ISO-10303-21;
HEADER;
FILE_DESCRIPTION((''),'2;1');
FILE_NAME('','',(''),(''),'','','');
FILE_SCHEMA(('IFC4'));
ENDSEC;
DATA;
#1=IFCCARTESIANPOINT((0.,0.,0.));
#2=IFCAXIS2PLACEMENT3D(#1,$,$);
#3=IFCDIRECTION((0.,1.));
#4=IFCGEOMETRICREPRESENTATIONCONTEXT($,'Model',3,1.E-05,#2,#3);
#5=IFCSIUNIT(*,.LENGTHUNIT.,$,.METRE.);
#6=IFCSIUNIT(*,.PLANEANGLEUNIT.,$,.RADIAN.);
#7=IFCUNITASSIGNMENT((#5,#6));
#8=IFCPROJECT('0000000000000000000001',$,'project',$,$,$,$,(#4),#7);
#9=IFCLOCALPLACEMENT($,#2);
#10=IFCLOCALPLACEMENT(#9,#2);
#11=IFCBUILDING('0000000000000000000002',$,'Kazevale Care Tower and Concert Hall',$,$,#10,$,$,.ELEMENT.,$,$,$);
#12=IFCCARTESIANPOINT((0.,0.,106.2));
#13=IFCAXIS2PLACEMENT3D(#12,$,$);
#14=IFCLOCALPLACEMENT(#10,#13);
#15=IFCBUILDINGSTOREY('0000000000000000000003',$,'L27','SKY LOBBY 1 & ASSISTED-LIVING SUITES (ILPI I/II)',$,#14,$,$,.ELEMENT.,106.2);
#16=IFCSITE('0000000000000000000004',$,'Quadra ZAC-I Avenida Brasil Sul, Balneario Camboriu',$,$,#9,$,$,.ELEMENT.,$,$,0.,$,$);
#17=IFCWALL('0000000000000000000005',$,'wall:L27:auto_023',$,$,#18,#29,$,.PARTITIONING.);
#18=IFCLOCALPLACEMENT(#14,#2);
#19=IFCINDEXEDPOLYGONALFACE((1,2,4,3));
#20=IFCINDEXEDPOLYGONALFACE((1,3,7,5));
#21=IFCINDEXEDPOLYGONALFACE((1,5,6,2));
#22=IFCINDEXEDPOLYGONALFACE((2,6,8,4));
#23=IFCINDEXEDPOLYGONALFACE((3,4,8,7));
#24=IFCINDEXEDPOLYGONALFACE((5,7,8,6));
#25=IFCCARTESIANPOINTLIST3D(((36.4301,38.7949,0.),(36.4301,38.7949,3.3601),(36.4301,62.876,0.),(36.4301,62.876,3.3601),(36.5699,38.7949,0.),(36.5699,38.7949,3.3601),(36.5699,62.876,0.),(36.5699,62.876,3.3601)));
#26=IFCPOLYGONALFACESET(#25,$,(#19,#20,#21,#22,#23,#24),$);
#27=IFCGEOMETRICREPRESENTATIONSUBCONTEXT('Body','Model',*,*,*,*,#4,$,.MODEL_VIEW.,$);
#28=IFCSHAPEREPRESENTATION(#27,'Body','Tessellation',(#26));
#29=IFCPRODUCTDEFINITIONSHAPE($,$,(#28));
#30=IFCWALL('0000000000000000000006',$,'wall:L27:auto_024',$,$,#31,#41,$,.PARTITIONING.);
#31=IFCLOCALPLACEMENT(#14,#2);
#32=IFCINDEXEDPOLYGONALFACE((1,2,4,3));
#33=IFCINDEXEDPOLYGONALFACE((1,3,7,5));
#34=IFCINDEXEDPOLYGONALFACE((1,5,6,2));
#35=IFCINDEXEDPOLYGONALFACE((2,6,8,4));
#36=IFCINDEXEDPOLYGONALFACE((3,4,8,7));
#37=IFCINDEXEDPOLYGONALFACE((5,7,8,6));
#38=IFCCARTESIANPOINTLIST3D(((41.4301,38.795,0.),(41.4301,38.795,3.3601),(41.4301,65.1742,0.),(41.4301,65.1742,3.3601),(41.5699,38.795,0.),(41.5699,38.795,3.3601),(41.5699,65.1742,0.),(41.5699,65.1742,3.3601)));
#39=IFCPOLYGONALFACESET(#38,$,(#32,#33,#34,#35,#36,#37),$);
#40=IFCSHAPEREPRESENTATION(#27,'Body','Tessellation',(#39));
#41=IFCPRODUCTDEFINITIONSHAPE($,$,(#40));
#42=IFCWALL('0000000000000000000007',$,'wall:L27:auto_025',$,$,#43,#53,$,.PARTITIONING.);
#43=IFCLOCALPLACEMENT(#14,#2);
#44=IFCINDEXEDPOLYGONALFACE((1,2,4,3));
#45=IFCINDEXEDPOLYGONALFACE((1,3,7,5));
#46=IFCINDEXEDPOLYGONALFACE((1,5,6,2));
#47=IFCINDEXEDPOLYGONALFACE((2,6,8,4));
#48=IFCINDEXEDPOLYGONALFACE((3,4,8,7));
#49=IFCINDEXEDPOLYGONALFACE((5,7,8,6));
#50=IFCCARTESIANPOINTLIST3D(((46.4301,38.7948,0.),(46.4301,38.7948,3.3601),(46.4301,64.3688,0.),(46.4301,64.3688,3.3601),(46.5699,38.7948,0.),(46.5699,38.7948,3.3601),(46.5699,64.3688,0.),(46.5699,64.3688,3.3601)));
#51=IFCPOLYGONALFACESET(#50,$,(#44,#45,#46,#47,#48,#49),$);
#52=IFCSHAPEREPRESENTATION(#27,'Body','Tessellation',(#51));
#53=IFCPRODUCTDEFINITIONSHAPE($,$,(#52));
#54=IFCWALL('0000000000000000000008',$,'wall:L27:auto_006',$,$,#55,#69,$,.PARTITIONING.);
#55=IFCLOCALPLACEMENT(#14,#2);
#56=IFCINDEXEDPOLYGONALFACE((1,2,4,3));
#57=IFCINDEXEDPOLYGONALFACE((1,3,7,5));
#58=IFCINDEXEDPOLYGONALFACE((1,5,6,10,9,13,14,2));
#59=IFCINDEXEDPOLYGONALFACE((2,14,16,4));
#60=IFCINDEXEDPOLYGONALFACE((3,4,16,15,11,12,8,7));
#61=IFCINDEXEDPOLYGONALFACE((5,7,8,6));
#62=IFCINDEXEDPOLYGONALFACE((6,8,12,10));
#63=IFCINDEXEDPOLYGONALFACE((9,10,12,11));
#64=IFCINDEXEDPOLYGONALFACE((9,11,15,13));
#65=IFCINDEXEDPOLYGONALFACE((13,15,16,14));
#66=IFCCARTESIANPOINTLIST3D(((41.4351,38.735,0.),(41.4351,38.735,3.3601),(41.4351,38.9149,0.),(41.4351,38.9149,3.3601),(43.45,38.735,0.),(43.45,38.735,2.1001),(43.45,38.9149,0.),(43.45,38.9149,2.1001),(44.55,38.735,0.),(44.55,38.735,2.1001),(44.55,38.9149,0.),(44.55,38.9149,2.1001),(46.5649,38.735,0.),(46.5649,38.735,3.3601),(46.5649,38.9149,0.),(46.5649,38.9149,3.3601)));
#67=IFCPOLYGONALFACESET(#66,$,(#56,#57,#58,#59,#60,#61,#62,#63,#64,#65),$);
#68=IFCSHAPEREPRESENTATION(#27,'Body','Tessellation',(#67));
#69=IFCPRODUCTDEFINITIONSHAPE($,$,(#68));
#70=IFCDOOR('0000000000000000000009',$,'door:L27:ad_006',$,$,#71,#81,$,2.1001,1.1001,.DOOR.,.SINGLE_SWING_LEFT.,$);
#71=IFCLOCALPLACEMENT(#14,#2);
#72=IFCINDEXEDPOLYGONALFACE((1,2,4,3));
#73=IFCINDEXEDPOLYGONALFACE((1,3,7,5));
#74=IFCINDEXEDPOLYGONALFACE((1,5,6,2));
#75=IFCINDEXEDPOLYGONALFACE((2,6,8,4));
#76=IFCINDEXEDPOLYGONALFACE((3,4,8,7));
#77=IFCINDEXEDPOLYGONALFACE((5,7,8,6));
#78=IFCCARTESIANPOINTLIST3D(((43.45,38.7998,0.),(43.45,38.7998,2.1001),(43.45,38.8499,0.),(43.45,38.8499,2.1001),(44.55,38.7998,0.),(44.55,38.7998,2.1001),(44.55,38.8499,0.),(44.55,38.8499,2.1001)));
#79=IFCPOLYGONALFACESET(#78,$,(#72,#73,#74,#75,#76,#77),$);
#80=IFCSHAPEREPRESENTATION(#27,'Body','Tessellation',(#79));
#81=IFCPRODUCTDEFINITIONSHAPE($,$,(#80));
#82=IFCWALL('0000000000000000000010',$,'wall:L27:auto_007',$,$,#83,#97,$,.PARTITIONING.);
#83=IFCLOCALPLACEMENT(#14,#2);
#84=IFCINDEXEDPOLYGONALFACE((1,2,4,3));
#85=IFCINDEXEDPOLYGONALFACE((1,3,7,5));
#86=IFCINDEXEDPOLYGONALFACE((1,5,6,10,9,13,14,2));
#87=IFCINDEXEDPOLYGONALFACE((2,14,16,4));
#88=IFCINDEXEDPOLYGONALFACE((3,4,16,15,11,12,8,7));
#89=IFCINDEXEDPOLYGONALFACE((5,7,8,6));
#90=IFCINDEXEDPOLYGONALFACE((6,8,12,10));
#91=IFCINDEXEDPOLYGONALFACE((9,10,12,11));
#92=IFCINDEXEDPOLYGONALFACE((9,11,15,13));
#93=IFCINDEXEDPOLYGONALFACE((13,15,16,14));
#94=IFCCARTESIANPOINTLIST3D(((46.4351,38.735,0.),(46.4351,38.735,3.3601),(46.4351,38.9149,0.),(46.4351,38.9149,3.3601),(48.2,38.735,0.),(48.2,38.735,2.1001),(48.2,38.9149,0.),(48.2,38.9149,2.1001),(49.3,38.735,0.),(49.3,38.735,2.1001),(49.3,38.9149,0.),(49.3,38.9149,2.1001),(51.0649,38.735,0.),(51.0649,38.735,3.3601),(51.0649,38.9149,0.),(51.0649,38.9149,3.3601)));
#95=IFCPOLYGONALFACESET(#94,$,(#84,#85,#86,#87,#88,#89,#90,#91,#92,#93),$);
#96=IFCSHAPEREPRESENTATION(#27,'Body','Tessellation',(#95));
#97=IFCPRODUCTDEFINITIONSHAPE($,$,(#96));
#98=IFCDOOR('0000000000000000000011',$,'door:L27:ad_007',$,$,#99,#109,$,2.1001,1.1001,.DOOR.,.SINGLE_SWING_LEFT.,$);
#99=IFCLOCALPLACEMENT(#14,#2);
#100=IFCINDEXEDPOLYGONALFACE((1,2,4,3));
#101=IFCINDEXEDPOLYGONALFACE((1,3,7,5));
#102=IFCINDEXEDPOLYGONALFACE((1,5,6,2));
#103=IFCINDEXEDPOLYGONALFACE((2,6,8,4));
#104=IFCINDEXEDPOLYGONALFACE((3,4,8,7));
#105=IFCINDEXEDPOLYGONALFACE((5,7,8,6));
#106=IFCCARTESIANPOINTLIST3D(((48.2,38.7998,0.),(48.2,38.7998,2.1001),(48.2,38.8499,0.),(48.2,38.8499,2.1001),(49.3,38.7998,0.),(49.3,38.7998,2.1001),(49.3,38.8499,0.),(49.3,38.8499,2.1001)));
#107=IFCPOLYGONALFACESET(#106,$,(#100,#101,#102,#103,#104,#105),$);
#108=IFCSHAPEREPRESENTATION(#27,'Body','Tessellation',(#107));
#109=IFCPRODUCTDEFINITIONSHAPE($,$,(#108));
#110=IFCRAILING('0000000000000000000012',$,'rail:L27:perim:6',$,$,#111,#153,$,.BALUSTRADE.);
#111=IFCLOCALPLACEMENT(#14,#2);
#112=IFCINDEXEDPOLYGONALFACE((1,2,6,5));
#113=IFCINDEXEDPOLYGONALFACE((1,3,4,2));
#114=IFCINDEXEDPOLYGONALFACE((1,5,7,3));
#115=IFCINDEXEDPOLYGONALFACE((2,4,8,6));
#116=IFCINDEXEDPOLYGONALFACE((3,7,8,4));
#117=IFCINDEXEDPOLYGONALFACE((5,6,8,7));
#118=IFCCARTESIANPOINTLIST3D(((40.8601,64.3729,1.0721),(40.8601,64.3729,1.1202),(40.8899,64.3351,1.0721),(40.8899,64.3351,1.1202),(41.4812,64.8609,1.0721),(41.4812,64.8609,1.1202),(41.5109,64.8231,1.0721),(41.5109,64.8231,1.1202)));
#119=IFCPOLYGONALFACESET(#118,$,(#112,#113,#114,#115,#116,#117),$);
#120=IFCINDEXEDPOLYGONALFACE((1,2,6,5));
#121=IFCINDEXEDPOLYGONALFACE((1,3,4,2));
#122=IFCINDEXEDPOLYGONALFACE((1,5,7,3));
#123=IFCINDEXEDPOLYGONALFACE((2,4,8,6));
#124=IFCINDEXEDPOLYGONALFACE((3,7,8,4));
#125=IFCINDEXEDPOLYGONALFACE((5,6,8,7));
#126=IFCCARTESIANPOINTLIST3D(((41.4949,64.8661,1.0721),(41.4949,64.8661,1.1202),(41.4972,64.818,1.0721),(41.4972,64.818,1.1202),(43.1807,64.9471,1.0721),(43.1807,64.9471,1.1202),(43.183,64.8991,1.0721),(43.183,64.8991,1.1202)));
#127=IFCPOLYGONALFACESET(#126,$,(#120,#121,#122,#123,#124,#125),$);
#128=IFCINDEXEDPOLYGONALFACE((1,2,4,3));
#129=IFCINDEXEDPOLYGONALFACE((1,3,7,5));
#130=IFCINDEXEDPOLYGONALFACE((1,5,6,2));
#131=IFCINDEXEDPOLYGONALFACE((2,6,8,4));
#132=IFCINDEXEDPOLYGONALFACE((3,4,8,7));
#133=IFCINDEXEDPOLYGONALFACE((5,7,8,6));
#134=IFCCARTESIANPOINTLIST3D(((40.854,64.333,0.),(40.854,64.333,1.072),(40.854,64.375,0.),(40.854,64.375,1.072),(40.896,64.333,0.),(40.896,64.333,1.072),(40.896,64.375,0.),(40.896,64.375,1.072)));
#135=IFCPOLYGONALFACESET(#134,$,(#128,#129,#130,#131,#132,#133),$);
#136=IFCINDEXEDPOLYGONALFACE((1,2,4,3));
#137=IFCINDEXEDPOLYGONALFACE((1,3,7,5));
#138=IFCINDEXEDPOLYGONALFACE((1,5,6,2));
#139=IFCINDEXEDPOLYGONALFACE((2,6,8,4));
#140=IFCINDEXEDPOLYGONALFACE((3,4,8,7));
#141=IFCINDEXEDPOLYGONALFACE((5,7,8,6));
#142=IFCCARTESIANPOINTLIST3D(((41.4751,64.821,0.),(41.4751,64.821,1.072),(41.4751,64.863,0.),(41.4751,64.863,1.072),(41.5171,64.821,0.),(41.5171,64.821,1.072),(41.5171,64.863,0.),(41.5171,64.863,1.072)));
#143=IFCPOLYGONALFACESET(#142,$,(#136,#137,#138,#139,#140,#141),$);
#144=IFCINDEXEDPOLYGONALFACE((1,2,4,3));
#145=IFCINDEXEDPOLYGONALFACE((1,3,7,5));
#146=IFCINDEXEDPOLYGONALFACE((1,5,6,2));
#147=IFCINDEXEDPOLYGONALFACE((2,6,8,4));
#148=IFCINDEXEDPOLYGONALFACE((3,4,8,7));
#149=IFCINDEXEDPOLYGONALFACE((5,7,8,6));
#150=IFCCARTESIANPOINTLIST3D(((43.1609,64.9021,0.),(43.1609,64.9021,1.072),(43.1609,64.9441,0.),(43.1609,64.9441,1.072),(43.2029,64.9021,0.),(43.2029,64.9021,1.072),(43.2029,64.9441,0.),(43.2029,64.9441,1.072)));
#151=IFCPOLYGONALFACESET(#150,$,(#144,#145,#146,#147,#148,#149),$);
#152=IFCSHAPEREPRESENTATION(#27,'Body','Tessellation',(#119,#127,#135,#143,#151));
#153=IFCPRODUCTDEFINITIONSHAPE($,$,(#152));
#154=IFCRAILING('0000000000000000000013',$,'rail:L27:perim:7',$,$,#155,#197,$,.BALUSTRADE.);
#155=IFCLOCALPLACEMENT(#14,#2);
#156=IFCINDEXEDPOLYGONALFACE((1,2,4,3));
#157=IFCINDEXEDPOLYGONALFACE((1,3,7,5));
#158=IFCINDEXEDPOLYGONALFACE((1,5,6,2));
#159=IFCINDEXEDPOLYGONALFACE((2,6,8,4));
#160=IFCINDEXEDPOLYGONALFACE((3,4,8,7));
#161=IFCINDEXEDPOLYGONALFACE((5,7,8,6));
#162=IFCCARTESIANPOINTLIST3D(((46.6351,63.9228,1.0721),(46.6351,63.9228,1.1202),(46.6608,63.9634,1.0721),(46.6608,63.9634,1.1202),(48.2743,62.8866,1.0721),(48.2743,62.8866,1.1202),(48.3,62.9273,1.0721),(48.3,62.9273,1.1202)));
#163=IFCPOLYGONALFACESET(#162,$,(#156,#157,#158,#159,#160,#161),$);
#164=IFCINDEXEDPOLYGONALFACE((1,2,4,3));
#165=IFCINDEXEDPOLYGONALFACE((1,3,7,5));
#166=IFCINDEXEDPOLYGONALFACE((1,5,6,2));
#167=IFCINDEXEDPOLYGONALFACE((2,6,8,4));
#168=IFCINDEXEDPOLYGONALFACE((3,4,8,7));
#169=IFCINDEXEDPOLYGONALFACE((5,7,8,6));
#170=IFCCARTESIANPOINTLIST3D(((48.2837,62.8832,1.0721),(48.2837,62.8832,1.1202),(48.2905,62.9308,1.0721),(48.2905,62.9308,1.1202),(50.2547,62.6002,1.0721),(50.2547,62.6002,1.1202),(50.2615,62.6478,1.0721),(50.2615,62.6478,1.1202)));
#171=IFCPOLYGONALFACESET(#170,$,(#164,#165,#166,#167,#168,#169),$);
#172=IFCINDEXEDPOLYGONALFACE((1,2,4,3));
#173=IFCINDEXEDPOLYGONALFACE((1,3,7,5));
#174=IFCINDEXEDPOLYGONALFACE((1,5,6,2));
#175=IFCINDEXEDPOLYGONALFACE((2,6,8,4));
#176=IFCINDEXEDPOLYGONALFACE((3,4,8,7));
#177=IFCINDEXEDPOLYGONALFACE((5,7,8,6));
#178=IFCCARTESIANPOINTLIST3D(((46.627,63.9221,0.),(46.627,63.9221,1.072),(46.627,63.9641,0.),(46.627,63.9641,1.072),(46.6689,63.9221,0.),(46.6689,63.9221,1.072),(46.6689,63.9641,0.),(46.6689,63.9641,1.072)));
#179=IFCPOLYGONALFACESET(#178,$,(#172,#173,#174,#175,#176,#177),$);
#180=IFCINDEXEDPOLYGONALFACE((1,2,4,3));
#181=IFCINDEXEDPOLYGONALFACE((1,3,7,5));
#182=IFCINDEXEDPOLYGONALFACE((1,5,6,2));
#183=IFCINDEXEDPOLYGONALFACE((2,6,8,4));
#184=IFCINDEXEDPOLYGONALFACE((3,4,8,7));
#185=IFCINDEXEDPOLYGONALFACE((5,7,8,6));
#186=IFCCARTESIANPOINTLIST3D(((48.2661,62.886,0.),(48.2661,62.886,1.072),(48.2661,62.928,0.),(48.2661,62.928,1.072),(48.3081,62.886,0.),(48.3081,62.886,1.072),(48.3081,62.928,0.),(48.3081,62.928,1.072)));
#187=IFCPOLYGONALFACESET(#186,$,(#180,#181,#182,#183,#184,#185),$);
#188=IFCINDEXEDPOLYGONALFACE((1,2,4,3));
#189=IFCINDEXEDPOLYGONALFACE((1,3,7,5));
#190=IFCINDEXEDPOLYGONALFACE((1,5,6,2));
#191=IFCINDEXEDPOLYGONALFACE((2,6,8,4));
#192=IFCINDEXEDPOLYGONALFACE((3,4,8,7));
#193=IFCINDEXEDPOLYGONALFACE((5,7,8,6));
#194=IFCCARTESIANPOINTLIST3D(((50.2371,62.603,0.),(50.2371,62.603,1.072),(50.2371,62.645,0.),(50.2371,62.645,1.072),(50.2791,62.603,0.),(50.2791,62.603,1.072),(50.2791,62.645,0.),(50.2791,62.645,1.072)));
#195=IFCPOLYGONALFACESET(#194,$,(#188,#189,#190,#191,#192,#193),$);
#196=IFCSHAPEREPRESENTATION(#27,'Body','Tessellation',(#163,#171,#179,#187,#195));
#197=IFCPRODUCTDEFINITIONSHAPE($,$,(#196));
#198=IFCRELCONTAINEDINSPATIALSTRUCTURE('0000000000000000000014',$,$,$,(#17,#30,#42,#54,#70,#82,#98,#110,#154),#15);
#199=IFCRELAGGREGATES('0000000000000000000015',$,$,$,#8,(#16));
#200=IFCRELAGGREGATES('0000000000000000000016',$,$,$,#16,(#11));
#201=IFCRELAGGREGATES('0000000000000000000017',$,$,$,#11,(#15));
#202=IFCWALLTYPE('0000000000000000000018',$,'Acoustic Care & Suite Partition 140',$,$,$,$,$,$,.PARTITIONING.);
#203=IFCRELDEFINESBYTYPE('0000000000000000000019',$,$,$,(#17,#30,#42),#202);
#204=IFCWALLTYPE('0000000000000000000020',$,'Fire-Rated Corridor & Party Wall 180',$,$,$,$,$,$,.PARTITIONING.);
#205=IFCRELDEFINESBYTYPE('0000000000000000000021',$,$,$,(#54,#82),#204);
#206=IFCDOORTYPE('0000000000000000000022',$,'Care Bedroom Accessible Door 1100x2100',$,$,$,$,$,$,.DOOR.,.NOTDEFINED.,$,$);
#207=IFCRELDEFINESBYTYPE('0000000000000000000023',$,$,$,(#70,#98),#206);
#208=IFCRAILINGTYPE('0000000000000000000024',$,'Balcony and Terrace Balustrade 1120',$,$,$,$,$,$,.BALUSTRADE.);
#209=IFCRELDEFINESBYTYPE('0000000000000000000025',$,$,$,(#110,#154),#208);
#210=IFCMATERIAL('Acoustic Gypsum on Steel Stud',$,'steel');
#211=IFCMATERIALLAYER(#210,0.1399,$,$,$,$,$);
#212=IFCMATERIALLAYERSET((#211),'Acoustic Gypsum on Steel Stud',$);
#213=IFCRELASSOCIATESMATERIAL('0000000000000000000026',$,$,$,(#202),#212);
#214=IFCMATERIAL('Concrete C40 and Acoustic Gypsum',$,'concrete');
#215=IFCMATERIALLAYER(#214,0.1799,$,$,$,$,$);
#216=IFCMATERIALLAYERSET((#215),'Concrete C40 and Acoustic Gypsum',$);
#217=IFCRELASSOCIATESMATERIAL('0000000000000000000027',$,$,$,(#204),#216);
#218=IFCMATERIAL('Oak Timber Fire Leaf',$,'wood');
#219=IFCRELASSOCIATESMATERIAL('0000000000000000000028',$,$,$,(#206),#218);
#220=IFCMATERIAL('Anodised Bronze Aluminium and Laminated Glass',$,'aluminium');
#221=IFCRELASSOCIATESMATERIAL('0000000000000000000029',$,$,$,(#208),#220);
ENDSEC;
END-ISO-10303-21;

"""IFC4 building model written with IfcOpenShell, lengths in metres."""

from ifc_helpers import new_model, si_unit, direction, frame, frame_2d, origin, origin_2d, place, context, subcontext, project, spatial, rectangle, extrude, material, layer, layer_set, type_object, element, fill, save


model = new_model("IFC4")

# Units and contexts
model_context = context("Model", 3, precision=1e-05, world=origin(), true_north=direction((0.0, 1.0)))
body_context = subcontext(model_context, "Body", "Model", "MODEL_VIEW")
ifc_project = project(units=[si_unit("LENGTHUNIT", "METRE"), si_unit("PLANEANGLEUNIT", "RADIAN")], contexts=[model_context])

# Site, building, storey
site_placement = place(None, origin())
site = spatial("IfcSite", under=ifc_project, at=site_placement, Name="Quadra ZAC-I Avenida Brasil Sul, Balneario Camboriu", CompositionType="ELEMENT", RefElevation=0.0)
building_placement = place(site_placement, origin())
building = spatial("IfcBuilding", under=site, at=building_placement, Name="Kazevale Care Tower and Concert Hall", CompositionType="ELEMENT")
storey_placement = place(building_placement, frame((0.0, 0.0, 106.2)))
storey = spatial("IfcBuildingStorey", under=building, at=storey_placement, Name="L27", Description="SKY LOBBY 1 & ASSISTED-LIVING SUITES (ILPI I/II)", CompositionType="ELEMENT", Elevation=106.2)

# Walls
ifc_material_1 = material(Name="Acoustic Gypsum on Steel Stud", Category="steel")
ifc_layer_1 = layer(ifc_material_1, 0.1399)
ifc_layer_set_1 = layer_set([ifc_layer_1], Name="Acoustic Gypsum on Steel Stud")
wall_type_1 = type_object("IfcWallType", Name="Acoustic Care & Suite Partition 140", PredefinedType="PARTITIONING", material=ifc_layer_set_1)
wall_1_placement = place(storey_placement, frame((36.5, 62.876, 0.0), z_axis=(0.0, 0.0, 1.0), x_axis=(0.0, -1.0, 0.0)))
element("IfcWall", 1, at=wall_1_placement, inside=storey, type_object=wall_type_1, Name="wall:L27:auto_023", PredefinedType="PARTITIONING", context=body_context, shape_type="SweptSolid", body=[
    extrude(rectangle(XDim=24.0811, YDim=0.1399, at=frame_2d((12.0405, 0.0))), origin(), (0.0, 0.0, 1.0), 3.3601),
])
wall_2_placement = place(storey_placement, frame((41.5, 65.1741, 0.0), z_axis=(0.0, 0.0, 1.0), x_axis=(0.0, -1.0, 0.0)))
element("IfcWall", 2, at=wall_2_placement, inside=storey, type_object=wall_type_1, Name="wall:L27:auto_024", PredefinedType="PARTITIONING", context=body_context, shape_type="SweptSolid", body=[
    extrude(rectangle(XDim=26.3792, YDim=0.1399, at=frame_2d((13.1895, 0.0))), origin(), (0.0, 0.0, 1.0), 3.3601),
])
wall_3_placement = place(storey_placement, frame((46.5, 64.3689, 0.0), z_axis=(0.0, 0.0, 1.0), x_axis=(0.0, -1.0, 0.0)))
element("IfcWall", 3, at=wall_3_placement, inside=storey, type_object=wall_type_1, Name="wall:L27:auto_025", PredefinedType="PARTITIONING", context=body_context, shape_type="SweptSolid", body=[
    extrude(rectangle(XDim=25.574, YDim=0.1399, at=frame_2d((12.7871, 0.0))), origin(), (0.0, 0.0, 1.0), 3.3601),
])

# Walls, openings, doors
ifc_material_2 = material(Name="Concrete C40 and Acoustic Gypsum", Category="concrete")
ifc_layer_2 = layer(ifc_material_2, 0.1799)
ifc_layer_set_2 = layer_set([ifc_layer_2], Name="Concrete C40 and Acoustic Gypsum")
wall_type_2 = type_object("IfcWallType", Name="Fire-Rated Corridor & Party Wall 180", PredefinedType="PARTITIONING", material=ifc_layer_set_2)
wall_4_placement = place(storey_placement, frame((41.4351, 38.825, 0.0), z_axis=(0.0, 0.0, 1.0), x_axis=(1.0, 0.0, 0.0)))
wall_4 = element("IfcWall", 4, at=wall_4_placement, inside=storey, type_object=wall_type_2, Name="wall:L27:auto_006", PredefinedType="PARTITIONING", context=body_context, shape_type="SweptSolid", body=[
    extrude(rectangle(XDim=5.1299, YDim=0.1799, at=frame_2d((2.5649, 0.0))), origin(), (0.0, 0.0, 1.0), 3.3601),
])
opening_1_placement = place(wall_4_placement, frame((2.0149, 0.0, 0.0)))
opening_1 = element("IfcOpeningElement", 5, at=opening_1_placement, cuts=wall_4, PredefinedType="OPENING", context=body_context, shape_type="SweptSolid", body=[
    extrude(rectangle(XDim=1.1001, YDim=2.1001, at=frame_2d((0.55, 1.05))), frame((0.0, 0.0999, 0.0), z_axis=(0.0, -1.0, 0.0), x_axis=(1.0, 0.0, 0.0)), (0.0, 0.0, 1.0), 0.2),
])
ifc_material_3 = material(Name="Oak Timber Fire Leaf", Category="wood")
door_type = type_object("IfcDoorType", Name="Care Bedroom Accessible Door 1100x2100", OperationType="NOTDEFINED", PredefinedType="DOOR", material=ifc_material_3)
door_1_placement = place(opening_1_placement, origin())
door_1 = element("IfcDoor", 6, at=door_1_placement, inside=storey, type_object=door_type, Name="door:L27:ad_006", OperationType="SINGLE_SWING_LEFT", OverallHeight=2.1001, OverallWidth=1.1001, PredefinedType="DOOR", context=body_context, shape_type="SweptSolid", body=[
    extrude(rectangle(XDim=1.1001, YDim=2.1001, at=frame_2d((0.55, 1.05))), frame((0.0, 0.0249, 0.0), z_axis=(0.0, -1.0, 0.0), x_axis=(1.0, 0.0, 0.0)), (0.0, 0.0, 1.0), 0.05),
])
fill(opening_1, door_1)
wall_5_placement = place(storey_placement, frame((46.4351, 38.825, 0.0), z_axis=(0.0, 0.0, 1.0), x_axis=(1.0, 0.0, 0.0)))
wall_5 = element("IfcWall", 7, at=wall_5_placement, inside=storey, type_object=wall_type_2, Name="wall:L27:auto_007", PredefinedType="PARTITIONING", context=body_context, shape_type="SweptSolid", body=[
    extrude(rectangle(XDim=4.6299, YDim=0.1799, at=frame_2d((2.3149, 0.0))), origin(), (0.0, 0.0, 1.0), 3.3601),
])
opening_2_placement = place(wall_5_placement, frame((1.7649, 0.0, 0.0)))
opening_2 = element("IfcOpeningElement", 8, at=opening_2_placement, cuts=wall_5, PredefinedType="OPENING", context=body_context, shape_type="SweptSolid", body=[
    extrude(rectangle(XDim=1.1001, YDim=2.1001, at=frame_2d((0.55, 1.05))), frame((0.0, 0.0999, 0.0), z_axis=(0.0, -1.0, 0.0), x_axis=(1.0, 0.0, 0.0)), (0.0, 0.0, 1.0), 0.2),
])
door_2_placement = place(opening_2_placement, origin())
door_2 = element("IfcDoor", 9, at=door_2_placement, inside=storey, type_object=door_type, Name="door:L27:ad_007", OperationType="SINGLE_SWING_LEFT", OverallHeight=2.1001, OverallWidth=1.1001, PredefinedType="DOOR", context=body_context, shape_type="SweptSolid", body=[
    extrude(rectangle(XDim=1.1001, YDim=2.1001, at=frame_2d((0.55, 1.05))), frame((0.0, 0.0249, 0.0), z_axis=(0.0, -1.0, 0.0), x_axis=(1.0, 0.0, 0.0)), (0.0, 0.0, 1.0), 0.05),
])
fill(opening_2, door_2)

# Railings
ifc_material_4 = material(Name="Anodised Bronze Aluminium and Laminated Glass", Category="aluminium")
railing_type = type_object("IfcRailingType", Name="Balcony and Terrace Balustrade 1120", PredefinedType="BALUSTRADE", material=ifc_material_4)
railing_1_placement = place(storey_placement, frame((40.875, 64.354, 0.0)))
element("IfcRailing", 10, at=railing_1_placement, inside=storey, type_object=railing_type, Name="rail:L27:perim:6", PredefinedType="BALUSTRADE", context=body_context, shape_type="SweptSolid", body=[
    extrude(rectangle(XDim=0.0481, YDim=0.0481, at=origin_2d()), frame((0.0, 0.0, 1.0962), z_axis=(0.786297, 0.617849, 0.0), x_axis=(-0.617849, 0.786297, 0.0)), (0.0, 0.0, 1.0), 0.7898),
    extrude(rectangle(XDim=0.0481, YDim=0.0481, at=origin_2d()), frame((0.6211, 0.488, 1.0962), z_axis=(0.998846, 0.048026, 0.0), x_axis=(-0.048026, 0.998846, 0.0)), (0.0, 0.0, 1.0), 1.6877),
    extrude(rectangle(XDim=0.042, YDim=0.042, at=origin_2d()), origin(), (0.0, 0.0, 1.0), 1.072),
    extrude(rectangle(XDim=0.042, YDim=0.042, at=origin_2d()), frame((0.6211, 0.488, 0.0)), (0.0, 0.0, 1.0), 1.072),
    extrude(rectangle(XDim=0.042, YDim=0.042, at=origin_2d()), frame((2.3069, 0.5691, 0.0)), (0.0, 0.0, 1.0), 1.072),
])
railing_2_placement = place(storey_placement, frame((46.6479, 63.9431, 0.0)))
element("IfcRailing", 11, at=railing_2_placement, inside=storey, type_object=railing_type, Name="rail:L27:perim:7", PredefinedType="BALUSTRADE", context=body_context, shape_type="SweptSolid", body=[
    extrude(rectangle(XDim=0.0481, YDim=0.0481, at=origin_2d()), frame((0.0, 0.0, 1.0962), z_axis=(0.845285, -0.534315, 0.0), x_axis=(0.534315, 0.845285, 0.0)), (0.0, 0.0, 1.0), 1.9392),
    extrude(rectangle(XDim=0.0481, YDim=0.0481, at=origin_2d()), frame((1.6392, -1.0361, 1.0962), z_axis=(0.989851, -0.142108, 0.0), x_axis=(0.142108, 0.989851, 0.0)), (0.0, 0.0, 1.0), 1.9912),
    extrude(rectangle(XDim=0.042, YDim=0.042, at=origin_2d()), origin(), (0.0, 0.0, 1.0), 1.072),
    extrude(rectangle(XDim=0.042, YDim=0.042, at=origin_2d()), frame((1.6392, -1.0361, 0.0)), (0.0, 0.0, 1.0), 1.072),
    extrude(rectangle(XDim=0.042, YDim=0.042, at=origin_2d()), frame((3.6101, -1.3191, 0.0)), (0.0, 0.0, 1.0), 1.072),
])

save(model, "model.ifc")
